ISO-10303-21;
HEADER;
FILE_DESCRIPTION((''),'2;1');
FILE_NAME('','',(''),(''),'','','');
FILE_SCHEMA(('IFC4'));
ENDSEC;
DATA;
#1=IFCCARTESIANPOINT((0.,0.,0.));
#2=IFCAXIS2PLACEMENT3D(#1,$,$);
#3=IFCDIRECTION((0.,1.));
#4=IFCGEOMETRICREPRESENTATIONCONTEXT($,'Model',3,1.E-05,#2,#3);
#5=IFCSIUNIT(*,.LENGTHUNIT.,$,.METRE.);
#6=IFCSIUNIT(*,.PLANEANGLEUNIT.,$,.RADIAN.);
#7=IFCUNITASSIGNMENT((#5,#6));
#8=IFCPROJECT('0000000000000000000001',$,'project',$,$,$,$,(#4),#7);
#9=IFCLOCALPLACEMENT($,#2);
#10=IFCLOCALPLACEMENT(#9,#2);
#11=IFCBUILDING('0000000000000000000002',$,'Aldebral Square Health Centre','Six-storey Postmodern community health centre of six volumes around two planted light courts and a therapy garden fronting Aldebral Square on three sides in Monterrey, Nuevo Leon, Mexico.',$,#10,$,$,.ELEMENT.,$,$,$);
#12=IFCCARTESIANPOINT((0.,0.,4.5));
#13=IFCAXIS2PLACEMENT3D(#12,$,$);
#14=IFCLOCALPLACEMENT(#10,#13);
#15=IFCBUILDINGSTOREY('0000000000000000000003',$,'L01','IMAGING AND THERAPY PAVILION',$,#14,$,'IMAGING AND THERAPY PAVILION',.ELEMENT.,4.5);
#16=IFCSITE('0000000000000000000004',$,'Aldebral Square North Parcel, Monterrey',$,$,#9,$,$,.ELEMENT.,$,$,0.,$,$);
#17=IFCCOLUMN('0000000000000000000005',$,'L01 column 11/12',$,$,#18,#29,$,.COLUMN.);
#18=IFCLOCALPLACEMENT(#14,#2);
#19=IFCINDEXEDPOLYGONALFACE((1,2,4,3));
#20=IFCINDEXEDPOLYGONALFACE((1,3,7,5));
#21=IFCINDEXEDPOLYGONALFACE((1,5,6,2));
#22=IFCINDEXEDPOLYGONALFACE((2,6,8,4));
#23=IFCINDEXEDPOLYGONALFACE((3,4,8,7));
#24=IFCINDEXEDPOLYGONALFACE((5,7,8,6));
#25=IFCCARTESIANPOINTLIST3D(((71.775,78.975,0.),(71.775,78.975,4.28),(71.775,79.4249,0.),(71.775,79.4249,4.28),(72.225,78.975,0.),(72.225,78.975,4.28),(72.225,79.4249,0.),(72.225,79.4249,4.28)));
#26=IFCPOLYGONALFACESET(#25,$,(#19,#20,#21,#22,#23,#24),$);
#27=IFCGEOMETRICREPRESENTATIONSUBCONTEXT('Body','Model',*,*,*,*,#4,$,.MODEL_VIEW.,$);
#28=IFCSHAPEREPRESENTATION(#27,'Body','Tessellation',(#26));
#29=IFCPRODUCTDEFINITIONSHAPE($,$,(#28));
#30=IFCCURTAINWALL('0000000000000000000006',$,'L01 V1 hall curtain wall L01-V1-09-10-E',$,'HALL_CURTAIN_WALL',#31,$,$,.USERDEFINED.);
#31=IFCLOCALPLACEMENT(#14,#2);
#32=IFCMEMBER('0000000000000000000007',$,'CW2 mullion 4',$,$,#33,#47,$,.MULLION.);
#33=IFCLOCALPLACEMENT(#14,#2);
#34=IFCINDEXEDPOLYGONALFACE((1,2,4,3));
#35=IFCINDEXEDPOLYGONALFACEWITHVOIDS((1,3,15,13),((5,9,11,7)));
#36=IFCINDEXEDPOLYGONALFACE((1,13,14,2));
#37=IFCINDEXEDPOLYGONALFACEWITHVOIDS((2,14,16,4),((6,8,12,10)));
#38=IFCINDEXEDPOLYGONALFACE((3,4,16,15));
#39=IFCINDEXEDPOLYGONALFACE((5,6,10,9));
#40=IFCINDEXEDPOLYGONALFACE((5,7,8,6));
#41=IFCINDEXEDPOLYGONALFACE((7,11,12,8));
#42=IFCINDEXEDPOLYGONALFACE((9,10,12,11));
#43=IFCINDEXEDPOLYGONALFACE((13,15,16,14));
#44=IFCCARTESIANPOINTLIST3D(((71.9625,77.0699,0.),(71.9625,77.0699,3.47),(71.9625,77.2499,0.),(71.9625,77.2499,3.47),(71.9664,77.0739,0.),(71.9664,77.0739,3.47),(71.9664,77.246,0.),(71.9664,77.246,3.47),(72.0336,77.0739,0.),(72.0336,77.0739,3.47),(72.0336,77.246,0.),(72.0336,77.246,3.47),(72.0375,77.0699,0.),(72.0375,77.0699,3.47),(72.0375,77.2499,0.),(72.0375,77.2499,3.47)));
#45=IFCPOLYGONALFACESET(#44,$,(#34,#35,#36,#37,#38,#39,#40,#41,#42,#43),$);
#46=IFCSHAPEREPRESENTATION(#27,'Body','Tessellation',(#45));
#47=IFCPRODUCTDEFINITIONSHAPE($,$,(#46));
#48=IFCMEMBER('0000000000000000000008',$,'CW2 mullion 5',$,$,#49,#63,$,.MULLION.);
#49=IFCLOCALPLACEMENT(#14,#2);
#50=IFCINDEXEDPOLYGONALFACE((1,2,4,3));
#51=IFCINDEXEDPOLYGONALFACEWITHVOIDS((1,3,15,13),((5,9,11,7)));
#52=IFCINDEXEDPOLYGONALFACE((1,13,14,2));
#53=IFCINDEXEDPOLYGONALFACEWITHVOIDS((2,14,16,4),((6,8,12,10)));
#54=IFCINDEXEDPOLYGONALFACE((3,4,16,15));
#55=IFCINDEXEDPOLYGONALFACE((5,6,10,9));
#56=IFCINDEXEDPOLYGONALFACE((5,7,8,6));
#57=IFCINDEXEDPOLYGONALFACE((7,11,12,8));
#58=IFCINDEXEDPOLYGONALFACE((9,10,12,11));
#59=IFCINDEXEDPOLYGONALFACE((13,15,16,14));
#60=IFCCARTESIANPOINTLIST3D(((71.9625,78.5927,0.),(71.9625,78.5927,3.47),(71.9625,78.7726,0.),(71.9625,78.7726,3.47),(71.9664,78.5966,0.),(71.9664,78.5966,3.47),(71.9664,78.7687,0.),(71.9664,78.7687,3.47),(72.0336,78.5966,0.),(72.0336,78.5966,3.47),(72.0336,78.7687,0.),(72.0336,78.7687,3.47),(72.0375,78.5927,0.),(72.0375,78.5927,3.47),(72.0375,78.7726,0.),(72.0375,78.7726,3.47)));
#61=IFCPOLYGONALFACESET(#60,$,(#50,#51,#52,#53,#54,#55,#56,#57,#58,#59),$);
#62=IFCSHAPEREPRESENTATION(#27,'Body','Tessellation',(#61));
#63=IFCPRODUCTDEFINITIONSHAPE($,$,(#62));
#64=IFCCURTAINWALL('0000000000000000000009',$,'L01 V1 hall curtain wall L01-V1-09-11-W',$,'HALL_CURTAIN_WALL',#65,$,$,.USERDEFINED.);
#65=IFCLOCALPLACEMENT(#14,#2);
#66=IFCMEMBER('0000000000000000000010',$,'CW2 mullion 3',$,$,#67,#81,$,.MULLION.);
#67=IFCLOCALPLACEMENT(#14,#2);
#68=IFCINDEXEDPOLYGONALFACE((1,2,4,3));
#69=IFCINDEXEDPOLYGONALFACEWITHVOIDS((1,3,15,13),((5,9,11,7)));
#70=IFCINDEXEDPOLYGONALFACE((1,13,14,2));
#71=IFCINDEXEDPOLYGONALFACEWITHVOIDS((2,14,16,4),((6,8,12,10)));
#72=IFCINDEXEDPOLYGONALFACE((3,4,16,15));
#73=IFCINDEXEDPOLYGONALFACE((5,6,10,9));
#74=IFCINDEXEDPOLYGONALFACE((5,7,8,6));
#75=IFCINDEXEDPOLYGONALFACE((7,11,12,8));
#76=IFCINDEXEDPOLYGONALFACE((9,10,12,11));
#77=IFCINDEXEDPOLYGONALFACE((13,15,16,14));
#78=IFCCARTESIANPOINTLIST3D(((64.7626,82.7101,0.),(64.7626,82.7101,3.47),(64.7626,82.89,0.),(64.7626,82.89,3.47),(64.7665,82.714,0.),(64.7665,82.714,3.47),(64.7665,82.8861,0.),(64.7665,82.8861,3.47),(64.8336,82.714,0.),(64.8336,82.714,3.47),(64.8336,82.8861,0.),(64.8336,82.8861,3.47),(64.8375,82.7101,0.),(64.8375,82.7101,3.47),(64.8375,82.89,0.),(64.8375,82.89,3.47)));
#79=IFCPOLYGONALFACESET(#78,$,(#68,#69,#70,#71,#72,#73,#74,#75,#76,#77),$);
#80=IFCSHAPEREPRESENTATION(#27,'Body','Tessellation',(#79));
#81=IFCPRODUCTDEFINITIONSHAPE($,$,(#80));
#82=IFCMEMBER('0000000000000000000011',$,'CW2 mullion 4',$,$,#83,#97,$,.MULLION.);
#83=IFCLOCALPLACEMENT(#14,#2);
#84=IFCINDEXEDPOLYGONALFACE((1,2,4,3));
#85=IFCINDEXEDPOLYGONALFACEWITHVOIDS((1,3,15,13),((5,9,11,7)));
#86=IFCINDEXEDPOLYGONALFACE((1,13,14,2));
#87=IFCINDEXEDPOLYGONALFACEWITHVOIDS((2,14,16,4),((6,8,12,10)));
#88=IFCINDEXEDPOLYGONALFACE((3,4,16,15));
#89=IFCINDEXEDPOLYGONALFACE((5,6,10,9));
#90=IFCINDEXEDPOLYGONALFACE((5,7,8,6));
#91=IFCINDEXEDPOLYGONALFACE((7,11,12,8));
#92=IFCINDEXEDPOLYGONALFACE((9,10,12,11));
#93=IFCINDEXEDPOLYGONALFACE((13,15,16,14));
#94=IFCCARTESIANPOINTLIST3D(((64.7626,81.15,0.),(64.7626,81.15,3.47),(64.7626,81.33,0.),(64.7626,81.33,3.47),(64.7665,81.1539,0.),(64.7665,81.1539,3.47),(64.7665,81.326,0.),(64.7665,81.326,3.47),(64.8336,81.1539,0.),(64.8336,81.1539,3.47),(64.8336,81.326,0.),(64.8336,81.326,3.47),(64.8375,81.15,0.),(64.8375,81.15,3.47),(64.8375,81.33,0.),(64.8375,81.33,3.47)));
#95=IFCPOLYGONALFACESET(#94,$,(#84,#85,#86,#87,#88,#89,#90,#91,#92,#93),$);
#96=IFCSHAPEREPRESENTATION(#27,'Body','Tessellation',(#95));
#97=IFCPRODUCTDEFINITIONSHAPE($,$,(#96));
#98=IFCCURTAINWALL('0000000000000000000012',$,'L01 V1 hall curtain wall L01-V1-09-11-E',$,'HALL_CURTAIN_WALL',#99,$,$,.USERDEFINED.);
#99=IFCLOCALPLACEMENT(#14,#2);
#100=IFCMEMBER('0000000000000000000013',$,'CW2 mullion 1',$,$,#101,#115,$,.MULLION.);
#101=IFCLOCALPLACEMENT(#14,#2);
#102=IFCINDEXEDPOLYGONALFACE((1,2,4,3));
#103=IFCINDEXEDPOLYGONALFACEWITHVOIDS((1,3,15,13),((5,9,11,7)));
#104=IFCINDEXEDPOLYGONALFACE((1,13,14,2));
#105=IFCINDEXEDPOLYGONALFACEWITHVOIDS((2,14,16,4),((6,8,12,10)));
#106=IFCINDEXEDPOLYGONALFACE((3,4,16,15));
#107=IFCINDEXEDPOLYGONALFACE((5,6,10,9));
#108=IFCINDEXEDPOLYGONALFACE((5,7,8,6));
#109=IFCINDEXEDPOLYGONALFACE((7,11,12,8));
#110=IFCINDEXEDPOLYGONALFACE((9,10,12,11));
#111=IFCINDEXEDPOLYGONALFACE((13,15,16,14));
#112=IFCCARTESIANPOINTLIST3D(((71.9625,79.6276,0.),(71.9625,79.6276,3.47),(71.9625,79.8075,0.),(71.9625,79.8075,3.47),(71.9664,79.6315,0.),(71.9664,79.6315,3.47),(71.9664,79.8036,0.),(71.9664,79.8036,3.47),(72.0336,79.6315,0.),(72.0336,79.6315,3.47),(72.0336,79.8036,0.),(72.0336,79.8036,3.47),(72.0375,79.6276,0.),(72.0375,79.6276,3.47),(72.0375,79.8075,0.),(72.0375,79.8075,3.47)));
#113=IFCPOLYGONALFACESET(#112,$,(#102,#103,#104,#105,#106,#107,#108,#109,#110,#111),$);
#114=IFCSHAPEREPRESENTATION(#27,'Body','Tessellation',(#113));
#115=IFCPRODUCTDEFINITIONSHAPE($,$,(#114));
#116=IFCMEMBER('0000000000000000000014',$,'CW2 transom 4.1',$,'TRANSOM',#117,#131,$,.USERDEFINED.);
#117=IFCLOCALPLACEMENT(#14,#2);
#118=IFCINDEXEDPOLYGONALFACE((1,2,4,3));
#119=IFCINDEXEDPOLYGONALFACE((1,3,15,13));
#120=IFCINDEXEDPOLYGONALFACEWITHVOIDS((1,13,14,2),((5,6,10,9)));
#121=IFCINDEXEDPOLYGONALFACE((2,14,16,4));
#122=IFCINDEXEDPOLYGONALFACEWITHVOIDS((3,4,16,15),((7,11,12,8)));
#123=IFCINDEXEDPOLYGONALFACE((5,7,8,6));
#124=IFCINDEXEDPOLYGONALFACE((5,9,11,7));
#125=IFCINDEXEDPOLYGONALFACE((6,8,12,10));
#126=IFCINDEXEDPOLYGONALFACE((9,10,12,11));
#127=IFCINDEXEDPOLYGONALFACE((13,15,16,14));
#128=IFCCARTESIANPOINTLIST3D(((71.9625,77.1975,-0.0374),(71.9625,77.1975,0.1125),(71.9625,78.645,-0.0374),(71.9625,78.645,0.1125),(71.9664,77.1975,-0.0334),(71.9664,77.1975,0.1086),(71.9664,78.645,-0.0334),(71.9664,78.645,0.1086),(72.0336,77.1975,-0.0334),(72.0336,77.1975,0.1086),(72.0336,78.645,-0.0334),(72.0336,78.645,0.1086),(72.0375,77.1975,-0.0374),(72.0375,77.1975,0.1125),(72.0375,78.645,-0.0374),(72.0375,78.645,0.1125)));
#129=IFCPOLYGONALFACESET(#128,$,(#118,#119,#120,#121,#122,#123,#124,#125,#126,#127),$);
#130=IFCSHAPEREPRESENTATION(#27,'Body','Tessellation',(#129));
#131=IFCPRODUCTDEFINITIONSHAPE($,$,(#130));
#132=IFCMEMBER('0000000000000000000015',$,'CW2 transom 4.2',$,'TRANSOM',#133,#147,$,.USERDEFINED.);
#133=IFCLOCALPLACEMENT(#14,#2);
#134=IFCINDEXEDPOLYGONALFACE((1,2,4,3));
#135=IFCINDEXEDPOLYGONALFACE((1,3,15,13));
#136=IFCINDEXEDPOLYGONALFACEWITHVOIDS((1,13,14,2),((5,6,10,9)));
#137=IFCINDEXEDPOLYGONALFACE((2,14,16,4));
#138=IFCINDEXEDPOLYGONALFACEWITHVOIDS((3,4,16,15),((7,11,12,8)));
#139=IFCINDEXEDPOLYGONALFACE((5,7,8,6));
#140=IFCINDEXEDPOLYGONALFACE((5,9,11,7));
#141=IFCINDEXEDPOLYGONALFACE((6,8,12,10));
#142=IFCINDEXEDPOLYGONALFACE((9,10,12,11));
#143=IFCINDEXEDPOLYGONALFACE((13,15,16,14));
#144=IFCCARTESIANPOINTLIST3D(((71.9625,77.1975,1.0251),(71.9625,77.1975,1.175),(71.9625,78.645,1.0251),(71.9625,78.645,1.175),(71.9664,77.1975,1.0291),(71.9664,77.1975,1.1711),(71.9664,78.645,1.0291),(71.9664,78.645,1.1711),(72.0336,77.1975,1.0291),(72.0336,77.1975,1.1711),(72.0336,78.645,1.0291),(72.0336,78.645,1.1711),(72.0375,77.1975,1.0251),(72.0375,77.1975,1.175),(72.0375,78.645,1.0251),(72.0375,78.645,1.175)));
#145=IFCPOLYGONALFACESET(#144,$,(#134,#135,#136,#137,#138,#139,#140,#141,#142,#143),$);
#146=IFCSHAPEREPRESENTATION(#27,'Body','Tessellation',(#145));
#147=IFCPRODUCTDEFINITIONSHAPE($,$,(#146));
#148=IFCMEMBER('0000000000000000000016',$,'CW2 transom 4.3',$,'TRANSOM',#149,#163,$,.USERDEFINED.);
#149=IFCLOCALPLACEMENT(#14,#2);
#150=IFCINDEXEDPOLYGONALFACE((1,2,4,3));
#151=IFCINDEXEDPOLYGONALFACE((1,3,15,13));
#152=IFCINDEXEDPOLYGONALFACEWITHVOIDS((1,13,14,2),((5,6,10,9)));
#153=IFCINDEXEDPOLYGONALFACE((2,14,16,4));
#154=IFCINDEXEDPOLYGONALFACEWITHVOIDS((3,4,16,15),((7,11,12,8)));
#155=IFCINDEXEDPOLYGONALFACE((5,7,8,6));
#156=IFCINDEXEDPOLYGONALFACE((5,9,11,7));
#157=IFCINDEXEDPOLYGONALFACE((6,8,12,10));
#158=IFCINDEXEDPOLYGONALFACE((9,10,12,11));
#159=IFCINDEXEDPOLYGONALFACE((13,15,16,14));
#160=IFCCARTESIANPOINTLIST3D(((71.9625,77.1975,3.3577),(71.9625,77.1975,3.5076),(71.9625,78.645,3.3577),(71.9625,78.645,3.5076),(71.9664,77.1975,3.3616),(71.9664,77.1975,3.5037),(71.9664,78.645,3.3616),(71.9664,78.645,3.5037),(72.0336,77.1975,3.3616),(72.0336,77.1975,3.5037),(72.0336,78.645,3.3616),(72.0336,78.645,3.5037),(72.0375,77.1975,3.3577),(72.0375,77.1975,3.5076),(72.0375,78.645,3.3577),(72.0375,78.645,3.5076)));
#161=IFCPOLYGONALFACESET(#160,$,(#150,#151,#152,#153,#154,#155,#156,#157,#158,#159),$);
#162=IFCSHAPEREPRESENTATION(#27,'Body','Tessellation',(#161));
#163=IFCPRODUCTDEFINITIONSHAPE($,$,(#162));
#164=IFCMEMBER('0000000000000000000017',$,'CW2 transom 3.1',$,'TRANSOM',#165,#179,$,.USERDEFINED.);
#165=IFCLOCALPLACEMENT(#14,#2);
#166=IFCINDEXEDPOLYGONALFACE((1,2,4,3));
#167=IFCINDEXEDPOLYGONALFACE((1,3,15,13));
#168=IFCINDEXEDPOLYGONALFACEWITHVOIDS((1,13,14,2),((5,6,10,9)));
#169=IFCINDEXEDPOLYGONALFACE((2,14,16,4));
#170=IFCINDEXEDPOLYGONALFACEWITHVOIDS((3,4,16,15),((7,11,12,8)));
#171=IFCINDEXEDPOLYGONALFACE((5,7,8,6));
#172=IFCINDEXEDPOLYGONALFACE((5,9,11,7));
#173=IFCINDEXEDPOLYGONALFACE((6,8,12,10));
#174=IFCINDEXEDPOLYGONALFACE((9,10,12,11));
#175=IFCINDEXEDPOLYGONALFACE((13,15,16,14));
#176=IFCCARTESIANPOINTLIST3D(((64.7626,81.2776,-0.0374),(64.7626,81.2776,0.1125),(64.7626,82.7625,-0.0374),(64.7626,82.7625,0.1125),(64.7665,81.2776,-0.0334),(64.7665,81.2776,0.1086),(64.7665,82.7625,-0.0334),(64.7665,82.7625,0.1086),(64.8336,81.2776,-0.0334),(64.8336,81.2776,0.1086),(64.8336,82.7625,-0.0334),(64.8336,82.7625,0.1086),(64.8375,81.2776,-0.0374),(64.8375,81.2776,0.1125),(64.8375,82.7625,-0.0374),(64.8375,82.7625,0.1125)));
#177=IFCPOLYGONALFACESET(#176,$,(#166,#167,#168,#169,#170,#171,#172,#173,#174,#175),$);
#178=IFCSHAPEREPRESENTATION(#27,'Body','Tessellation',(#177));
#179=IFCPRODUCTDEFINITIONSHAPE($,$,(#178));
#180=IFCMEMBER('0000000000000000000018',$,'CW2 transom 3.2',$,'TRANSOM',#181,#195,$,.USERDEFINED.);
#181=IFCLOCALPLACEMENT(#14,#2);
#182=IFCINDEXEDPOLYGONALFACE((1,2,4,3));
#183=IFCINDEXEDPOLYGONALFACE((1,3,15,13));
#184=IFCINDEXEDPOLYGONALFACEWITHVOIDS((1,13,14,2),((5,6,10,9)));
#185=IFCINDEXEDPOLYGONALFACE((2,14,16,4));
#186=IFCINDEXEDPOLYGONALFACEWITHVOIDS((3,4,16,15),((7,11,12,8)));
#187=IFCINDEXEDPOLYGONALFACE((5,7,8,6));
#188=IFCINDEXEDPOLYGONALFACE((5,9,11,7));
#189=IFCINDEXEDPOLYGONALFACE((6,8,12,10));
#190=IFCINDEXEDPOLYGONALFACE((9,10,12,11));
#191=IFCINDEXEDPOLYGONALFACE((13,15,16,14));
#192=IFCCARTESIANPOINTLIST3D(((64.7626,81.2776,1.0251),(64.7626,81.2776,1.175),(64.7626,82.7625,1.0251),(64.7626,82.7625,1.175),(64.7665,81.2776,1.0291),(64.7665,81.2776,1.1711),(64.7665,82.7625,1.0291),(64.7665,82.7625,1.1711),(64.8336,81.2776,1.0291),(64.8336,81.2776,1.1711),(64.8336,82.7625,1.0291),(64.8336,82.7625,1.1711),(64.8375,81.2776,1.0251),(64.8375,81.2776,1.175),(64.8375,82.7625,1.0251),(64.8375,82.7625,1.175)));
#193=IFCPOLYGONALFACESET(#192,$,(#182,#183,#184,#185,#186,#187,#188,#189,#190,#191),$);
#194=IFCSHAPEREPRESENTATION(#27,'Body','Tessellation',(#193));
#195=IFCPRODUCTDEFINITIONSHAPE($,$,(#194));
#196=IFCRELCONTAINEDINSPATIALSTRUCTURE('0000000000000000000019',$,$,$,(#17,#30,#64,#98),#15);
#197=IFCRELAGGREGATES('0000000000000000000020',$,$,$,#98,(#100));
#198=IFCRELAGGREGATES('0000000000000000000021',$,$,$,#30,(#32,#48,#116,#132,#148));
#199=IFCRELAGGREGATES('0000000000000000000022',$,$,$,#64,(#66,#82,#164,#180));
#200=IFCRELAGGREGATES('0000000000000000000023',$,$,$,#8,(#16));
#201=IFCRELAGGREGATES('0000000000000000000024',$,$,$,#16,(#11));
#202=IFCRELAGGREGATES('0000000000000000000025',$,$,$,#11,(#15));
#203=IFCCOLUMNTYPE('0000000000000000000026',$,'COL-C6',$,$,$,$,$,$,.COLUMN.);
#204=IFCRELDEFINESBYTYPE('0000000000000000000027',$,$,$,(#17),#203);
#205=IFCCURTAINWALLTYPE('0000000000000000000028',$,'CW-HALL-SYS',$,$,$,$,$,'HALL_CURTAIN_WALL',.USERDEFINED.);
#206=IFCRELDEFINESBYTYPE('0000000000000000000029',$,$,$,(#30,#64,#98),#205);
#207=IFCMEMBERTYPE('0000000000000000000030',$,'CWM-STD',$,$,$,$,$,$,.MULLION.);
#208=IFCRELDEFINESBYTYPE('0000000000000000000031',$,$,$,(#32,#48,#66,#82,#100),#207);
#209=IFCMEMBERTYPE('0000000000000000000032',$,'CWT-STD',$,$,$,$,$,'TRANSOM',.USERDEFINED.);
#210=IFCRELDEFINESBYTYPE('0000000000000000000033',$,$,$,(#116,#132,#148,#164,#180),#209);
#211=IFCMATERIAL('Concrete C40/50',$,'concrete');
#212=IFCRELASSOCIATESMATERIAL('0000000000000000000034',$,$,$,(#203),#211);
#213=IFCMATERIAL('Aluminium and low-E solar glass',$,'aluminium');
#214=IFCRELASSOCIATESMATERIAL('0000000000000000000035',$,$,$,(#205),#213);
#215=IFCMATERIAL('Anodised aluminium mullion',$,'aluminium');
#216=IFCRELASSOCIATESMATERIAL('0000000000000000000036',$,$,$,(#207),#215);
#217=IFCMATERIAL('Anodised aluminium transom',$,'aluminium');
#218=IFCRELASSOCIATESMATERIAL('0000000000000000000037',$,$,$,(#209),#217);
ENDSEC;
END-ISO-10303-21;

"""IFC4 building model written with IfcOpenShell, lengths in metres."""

from ifc_helpers import new_model, si_unit, direction, frame, origin, origin_2d, place, context, subcontext, project, spatial, rectangle, hollow_rectangle, extrude, material, material_profile, profile_set, type_object, element, aggregate, save


model = new_model("IFC4")

# Units and contexts
model_context = context("Model", 3, precision=1e-05, world=origin(), true_north=direction((0.0, 1.0)))
body_context = subcontext(model_context, "Body", "Model", "MODEL_VIEW")
ifc_project = project(units=[si_unit("LENGTHUNIT", "METRE"), si_unit("PLANEANGLEUNIT", "RADIAN")], contexts=[model_context])

# Site, building, storey
site_placement = place(None, origin())
site = spatial("IfcSite", under=ifc_project, at=site_placement, Name="Aldebral Square North Parcel, Monterrey", CompositionType="ELEMENT", RefElevation=0.0)
building_placement = place(site_placement, origin())
building = spatial("IfcBuilding", under=site, at=building_placement, Name="Aldebral Square Health Centre", Description="Six-storey Postmodern community health centre of six volumes around two planted light courts and a therapy garden fronting Aldebral Square on three sides in Monterrey, Nuevo Leon, Mexico.", CompositionType="ELEMENT")
storey_placement = place(building_placement, frame((0.0, 0.0, 4.5)))
storey = spatial("IfcBuildingStorey", under=building, at=storey_placement, Name="L01", Description="IMAGING AND THERAPY PAVILION", LongName="IMAGING AND THERAPY PAVILION", CompositionType="ELEMENT", Elevation=4.5)

# Column
ifc_material_1 = material(Name="Concrete C40/50", Category="concrete")
ifc_material_profile_1 = material_profile(ifc_material_1, rectangle(XDim=0.45, YDim=0.45, at=origin_2d()), Name="RC 450x450")
ifc_profile_set_1 = profile_set([ifc_material_profile_1], Name="Concrete C40/50")
column_type = type_object("IfcColumnType", Name="COL-C6", PredefinedType="COLUMN", material=ifc_profile_set_1)
column_placement = place(storey_placement, frame((72.0, 79.2, 0.0), z_axis=(0.0, 0.0, 1.0), x_axis=(1.0, 0.0, 0.0)))
element("IfcColumn", 1, at=column_placement, inside=storey, type_object=column_type, Name="L01 column 11/12", PredefinedType="COLUMN", context=body_context, shape_type="SweptSolid", body=[
    extrude(rectangle(XDim=0.45, YDim=0.45, at=origin_2d()), origin(), (0.0, 0.0, 1.0), 4.28),
])

# Curtain walls, members
ifc_material_2 = material(Name="Aluminium and low-E solar glass", Category="aluminium")
curtain_wall_type = type_object("IfcCurtainWallType", Name="CW-HALL-SYS", ElementType="HALL_CURTAIN_WALL", PredefinedType="USERDEFINED", material=ifc_material_2)
curtain_wall_1_placement = place(storey_placement, origin())
curtain_wall_1 = element("IfcCurtainWall", 2, at=curtain_wall_1_placement, inside=storey, type_object=curtain_wall_type, Name="L01 V1 hall curtain wall L01-V1-09-10-E", ObjectType="HALL_CURTAIN_WALL", PredefinedType="USERDEFINED")
ifc_material_3 = material(Name="Anodised aluminium mullion", Category="aluminium")
ifc_material_profile_2 = material_profile(ifc_material_3, hollow_rectangle(XDim=0.075, YDim=0.1799, WallThickness=0.0039, at=origin_2d()), Name="CWM 75x180x4")
ifc_profile_set_2 = profile_set([ifc_material_profile_2], Name="Anodised aluminium mullion")
member_type_1 = type_object("IfcMemberType", Name="CWM-STD", PredefinedType="MULLION", material=ifc_profile_set_2)
member_1_placement = place(storey_placement, frame((72.0, 77.1599, 0.0), z_axis=(0.0, 0.0, 1.0), x_axis=(-1.0, 0.0, 0.0)))
member_1 = element("IfcMember", 3, at=member_1_placement, type_object=member_type_1, Name="CW2 mullion 4", PredefinedType="MULLION", context=body_context, shape_type="SweptSolid", body=[
    extrude(hollow_rectangle(XDim=0.075, YDim=0.1799, WallThickness=0.0039, at=origin_2d()), origin(), (0.0, 0.0, 1.0), 3.47),
])
member_2_placement = place(storey_placement, frame((72.0, 78.6826, 0.0), z_axis=(0.0, 0.0, 1.0), x_axis=(-1.0, 0.0, 0.0)))
member_2 = element("IfcMember", 4, at=member_2_placement, type_object=member_type_1, Name="CW2 mullion 5", PredefinedType="MULLION", context=body_context, shape_type="SweptSolid", body=[
    extrude(hollow_rectangle(XDim=0.075, YDim=0.1799, WallThickness=0.0039, at=origin_2d()), origin(), (0.0, 0.0, 1.0), 3.47),
])
curtain_wall_2_placement = place(storey_placement, origin())
curtain_wall_2 = element("IfcCurtainWall", 5, at=curtain_wall_2_placement, inside=storey, type_object=curtain_wall_type, Name="L01 V1 hall curtain wall L01-V1-09-11-W", ObjectType="HALL_CURTAIN_WALL", PredefinedType="USERDEFINED")
member_3_placement = place(storey_placement, frame((64.8, 82.8, 0.0), z_axis=(0.0, 0.0, 1.0), x_axis=(1.0, 0.0, 0.0)))
member_3 = element("IfcMember", 6, at=member_3_placement, type_object=member_type_1, Name="CW2 mullion 3", PredefinedType="MULLION", context=body_context, shape_type="SweptSolid", body=[
    extrude(hollow_rectangle(XDim=0.075, YDim=0.1799, WallThickness=0.0039, at=origin_2d()), origin(), (0.0, 0.0, 1.0), 3.47),
])
member_4_placement = place(storey_placement, frame((64.8, 81.24, 0.0), z_axis=(0.0, 0.0, 1.0), x_axis=(1.0, 0.0, 0.0)))
member_4 = element("IfcMember", 7, at=member_4_placement, type_object=member_type_1, Name="CW2 mullion 4", PredefinedType="MULLION", context=body_context, shape_type="SweptSolid", body=[
    extrude(hollow_rectangle(XDim=0.075, YDim=0.1799, WallThickness=0.0039, at=origin_2d()), origin(), (0.0, 0.0, 1.0), 3.47),
])

# Curtain wall, member
curtain_wall_3_placement = place(storey_placement, origin())
curtain_wall_3 = element("IfcCurtainWall", 8, at=curtain_wall_3_placement, inside=storey, type_object=curtain_wall_type, Name="L01 V1 hall curtain wall L01-V1-09-11-E", ObjectType="HALL_CURTAIN_WALL", PredefinedType="USERDEFINED")
member_5_placement = place(storey_placement, frame((72.0, 79.7175, 0.0), z_axis=(0.0, 0.0, 1.0), x_axis=(-1.0, 0.0, 0.0)))
member_5 = element("IfcMember", 9, at=member_5_placement, type_object=member_type_1, Name="CW2 mullion 1", PredefinedType="MULLION", context=body_context, shape_type="SweptSolid", body=[
    extrude(hollow_rectangle(XDim=0.075, YDim=0.1799, WallThickness=0.0039, at=origin_2d()), origin(), (0.0, 0.0, 1.0), 3.47),
])
aggregate(curtain_wall_3, [member_5])

# Members
ifc_material_4 = material(Name="Anodised aluminium transom", Category="aluminium")
ifc_material_profile_3 = material_profile(ifc_material_4, hollow_rectangle(XDim=0.075, YDim=0.1499, WallThickness=0.0039, at=origin_2d()), Name="CWT 75x150x4")
ifc_profile_set_3 = profile_set([ifc_material_profile_3], Name="Anodised aluminium transom")
member_type_2 = type_object("IfcMemberType", Name="CWT-STD", ElementType="TRANSOM", PredefinedType="USERDEFINED", material=ifc_profile_set_3)
member_6_placement = place(storey_placement, frame((72.0, 77.1975, 0.0376), z_axis=(0.0, 1.0, 0.0), x_axis=(-1.0, 0.0, 0.0)))
member_6 = element("IfcMember", 10, at=member_6_placement, type_object=member_type_2, Name="CW2 transom 4.1", ObjectType="TRANSOM", PredefinedType="USERDEFINED", context=body_context, shape_type="SweptSolid", body=[
    extrude(hollow_rectangle(XDim=0.075, YDim=0.1499, WallThickness=0.0039, at=origin_2d()), origin(), (0.0, 0.0, 1.0), 1.4475),
])
member_7_placement = place(storey_placement, frame((72.0, 77.1975, 1.1001), z_axis=(0.0, 1.0, 0.0), x_axis=(-1.0, 0.0, 0.0)))
member_7 = element("IfcMember", 11, at=member_7_placement, type_object=member_type_2, Name="CW2 transom 4.2", ObjectType="TRANSOM", PredefinedType="USERDEFINED", context=body_context, shape_type="SweptSolid", body=[
    extrude(hollow_rectangle(XDim=0.075, YDim=0.1499, WallThickness=0.0039, at=origin_2d()), origin(), (0.0, 0.0, 1.0), 1.4475),
])
member_8_placement = place(storey_placement, frame((72.0, 77.1975, 3.4326), z_axis=(0.0, 1.0, 0.0), x_axis=(-1.0, 0.0, 0.0)))
member_8 = element("IfcMember", 12, at=member_8_placement, type_object=member_type_2, Name="CW2 transom 4.3", ObjectType="TRANSOM", PredefinedType="USERDEFINED", context=body_context, shape_type="SweptSolid", body=[
    extrude(hollow_rectangle(XDim=0.075, YDim=0.1499, WallThickness=0.0039, at=origin_2d()), origin(), (0.0, 0.0, 1.0), 1.4475),
])
member_9_placement = place(storey_placement, frame((64.8, 82.7625, 0.0376), z_axis=(0.0, -1.0, 0.0), x_axis=(1.0, 0.0, 0.0)))
member_9 = element("IfcMember", 13, at=member_9_placement, type_object=member_type_2, Name="CW2 transom 3.1", ObjectType="TRANSOM", PredefinedType="USERDEFINED", context=body_context, shape_type="SweptSolid", body=[
    extrude(hollow_rectangle(XDim=0.075, YDim=0.1499, WallThickness=0.0039, at=origin_2d()), origin(), (0.0, 0.0, 1.0), 1.4849),
])
member_10_placement = place(storey_placement, frame((64.8, 82.7625, 1.1001), z_axis=(0.0, -1.0, 0.0), x_axis=(1.0, 0.0, 0.0)))
member_10 = element("IfcMember", 14, at=member_10_placement, type_object=member_type_2, Name="CW2 transom 3.2", ObjectType="TRANSOM", PredefinedType="USERDEFINED", context=body_context, shape_type="SweptSolid", body=[
    extrude(hollow_rectangle(XDim=0.075, YDim=0.1499, WallThickness=0.0039, at=origin_2d()), origin(), (0.0, 0.0, 1.0), 1.4849),
])

aggregate(curtain_wall_1, [member_1, member_2, member_6, member_7, member_8])
aggregate(curtain_wall_2, [member_3, member_4, member_9, member_10])

save(model, "model.ifc")
